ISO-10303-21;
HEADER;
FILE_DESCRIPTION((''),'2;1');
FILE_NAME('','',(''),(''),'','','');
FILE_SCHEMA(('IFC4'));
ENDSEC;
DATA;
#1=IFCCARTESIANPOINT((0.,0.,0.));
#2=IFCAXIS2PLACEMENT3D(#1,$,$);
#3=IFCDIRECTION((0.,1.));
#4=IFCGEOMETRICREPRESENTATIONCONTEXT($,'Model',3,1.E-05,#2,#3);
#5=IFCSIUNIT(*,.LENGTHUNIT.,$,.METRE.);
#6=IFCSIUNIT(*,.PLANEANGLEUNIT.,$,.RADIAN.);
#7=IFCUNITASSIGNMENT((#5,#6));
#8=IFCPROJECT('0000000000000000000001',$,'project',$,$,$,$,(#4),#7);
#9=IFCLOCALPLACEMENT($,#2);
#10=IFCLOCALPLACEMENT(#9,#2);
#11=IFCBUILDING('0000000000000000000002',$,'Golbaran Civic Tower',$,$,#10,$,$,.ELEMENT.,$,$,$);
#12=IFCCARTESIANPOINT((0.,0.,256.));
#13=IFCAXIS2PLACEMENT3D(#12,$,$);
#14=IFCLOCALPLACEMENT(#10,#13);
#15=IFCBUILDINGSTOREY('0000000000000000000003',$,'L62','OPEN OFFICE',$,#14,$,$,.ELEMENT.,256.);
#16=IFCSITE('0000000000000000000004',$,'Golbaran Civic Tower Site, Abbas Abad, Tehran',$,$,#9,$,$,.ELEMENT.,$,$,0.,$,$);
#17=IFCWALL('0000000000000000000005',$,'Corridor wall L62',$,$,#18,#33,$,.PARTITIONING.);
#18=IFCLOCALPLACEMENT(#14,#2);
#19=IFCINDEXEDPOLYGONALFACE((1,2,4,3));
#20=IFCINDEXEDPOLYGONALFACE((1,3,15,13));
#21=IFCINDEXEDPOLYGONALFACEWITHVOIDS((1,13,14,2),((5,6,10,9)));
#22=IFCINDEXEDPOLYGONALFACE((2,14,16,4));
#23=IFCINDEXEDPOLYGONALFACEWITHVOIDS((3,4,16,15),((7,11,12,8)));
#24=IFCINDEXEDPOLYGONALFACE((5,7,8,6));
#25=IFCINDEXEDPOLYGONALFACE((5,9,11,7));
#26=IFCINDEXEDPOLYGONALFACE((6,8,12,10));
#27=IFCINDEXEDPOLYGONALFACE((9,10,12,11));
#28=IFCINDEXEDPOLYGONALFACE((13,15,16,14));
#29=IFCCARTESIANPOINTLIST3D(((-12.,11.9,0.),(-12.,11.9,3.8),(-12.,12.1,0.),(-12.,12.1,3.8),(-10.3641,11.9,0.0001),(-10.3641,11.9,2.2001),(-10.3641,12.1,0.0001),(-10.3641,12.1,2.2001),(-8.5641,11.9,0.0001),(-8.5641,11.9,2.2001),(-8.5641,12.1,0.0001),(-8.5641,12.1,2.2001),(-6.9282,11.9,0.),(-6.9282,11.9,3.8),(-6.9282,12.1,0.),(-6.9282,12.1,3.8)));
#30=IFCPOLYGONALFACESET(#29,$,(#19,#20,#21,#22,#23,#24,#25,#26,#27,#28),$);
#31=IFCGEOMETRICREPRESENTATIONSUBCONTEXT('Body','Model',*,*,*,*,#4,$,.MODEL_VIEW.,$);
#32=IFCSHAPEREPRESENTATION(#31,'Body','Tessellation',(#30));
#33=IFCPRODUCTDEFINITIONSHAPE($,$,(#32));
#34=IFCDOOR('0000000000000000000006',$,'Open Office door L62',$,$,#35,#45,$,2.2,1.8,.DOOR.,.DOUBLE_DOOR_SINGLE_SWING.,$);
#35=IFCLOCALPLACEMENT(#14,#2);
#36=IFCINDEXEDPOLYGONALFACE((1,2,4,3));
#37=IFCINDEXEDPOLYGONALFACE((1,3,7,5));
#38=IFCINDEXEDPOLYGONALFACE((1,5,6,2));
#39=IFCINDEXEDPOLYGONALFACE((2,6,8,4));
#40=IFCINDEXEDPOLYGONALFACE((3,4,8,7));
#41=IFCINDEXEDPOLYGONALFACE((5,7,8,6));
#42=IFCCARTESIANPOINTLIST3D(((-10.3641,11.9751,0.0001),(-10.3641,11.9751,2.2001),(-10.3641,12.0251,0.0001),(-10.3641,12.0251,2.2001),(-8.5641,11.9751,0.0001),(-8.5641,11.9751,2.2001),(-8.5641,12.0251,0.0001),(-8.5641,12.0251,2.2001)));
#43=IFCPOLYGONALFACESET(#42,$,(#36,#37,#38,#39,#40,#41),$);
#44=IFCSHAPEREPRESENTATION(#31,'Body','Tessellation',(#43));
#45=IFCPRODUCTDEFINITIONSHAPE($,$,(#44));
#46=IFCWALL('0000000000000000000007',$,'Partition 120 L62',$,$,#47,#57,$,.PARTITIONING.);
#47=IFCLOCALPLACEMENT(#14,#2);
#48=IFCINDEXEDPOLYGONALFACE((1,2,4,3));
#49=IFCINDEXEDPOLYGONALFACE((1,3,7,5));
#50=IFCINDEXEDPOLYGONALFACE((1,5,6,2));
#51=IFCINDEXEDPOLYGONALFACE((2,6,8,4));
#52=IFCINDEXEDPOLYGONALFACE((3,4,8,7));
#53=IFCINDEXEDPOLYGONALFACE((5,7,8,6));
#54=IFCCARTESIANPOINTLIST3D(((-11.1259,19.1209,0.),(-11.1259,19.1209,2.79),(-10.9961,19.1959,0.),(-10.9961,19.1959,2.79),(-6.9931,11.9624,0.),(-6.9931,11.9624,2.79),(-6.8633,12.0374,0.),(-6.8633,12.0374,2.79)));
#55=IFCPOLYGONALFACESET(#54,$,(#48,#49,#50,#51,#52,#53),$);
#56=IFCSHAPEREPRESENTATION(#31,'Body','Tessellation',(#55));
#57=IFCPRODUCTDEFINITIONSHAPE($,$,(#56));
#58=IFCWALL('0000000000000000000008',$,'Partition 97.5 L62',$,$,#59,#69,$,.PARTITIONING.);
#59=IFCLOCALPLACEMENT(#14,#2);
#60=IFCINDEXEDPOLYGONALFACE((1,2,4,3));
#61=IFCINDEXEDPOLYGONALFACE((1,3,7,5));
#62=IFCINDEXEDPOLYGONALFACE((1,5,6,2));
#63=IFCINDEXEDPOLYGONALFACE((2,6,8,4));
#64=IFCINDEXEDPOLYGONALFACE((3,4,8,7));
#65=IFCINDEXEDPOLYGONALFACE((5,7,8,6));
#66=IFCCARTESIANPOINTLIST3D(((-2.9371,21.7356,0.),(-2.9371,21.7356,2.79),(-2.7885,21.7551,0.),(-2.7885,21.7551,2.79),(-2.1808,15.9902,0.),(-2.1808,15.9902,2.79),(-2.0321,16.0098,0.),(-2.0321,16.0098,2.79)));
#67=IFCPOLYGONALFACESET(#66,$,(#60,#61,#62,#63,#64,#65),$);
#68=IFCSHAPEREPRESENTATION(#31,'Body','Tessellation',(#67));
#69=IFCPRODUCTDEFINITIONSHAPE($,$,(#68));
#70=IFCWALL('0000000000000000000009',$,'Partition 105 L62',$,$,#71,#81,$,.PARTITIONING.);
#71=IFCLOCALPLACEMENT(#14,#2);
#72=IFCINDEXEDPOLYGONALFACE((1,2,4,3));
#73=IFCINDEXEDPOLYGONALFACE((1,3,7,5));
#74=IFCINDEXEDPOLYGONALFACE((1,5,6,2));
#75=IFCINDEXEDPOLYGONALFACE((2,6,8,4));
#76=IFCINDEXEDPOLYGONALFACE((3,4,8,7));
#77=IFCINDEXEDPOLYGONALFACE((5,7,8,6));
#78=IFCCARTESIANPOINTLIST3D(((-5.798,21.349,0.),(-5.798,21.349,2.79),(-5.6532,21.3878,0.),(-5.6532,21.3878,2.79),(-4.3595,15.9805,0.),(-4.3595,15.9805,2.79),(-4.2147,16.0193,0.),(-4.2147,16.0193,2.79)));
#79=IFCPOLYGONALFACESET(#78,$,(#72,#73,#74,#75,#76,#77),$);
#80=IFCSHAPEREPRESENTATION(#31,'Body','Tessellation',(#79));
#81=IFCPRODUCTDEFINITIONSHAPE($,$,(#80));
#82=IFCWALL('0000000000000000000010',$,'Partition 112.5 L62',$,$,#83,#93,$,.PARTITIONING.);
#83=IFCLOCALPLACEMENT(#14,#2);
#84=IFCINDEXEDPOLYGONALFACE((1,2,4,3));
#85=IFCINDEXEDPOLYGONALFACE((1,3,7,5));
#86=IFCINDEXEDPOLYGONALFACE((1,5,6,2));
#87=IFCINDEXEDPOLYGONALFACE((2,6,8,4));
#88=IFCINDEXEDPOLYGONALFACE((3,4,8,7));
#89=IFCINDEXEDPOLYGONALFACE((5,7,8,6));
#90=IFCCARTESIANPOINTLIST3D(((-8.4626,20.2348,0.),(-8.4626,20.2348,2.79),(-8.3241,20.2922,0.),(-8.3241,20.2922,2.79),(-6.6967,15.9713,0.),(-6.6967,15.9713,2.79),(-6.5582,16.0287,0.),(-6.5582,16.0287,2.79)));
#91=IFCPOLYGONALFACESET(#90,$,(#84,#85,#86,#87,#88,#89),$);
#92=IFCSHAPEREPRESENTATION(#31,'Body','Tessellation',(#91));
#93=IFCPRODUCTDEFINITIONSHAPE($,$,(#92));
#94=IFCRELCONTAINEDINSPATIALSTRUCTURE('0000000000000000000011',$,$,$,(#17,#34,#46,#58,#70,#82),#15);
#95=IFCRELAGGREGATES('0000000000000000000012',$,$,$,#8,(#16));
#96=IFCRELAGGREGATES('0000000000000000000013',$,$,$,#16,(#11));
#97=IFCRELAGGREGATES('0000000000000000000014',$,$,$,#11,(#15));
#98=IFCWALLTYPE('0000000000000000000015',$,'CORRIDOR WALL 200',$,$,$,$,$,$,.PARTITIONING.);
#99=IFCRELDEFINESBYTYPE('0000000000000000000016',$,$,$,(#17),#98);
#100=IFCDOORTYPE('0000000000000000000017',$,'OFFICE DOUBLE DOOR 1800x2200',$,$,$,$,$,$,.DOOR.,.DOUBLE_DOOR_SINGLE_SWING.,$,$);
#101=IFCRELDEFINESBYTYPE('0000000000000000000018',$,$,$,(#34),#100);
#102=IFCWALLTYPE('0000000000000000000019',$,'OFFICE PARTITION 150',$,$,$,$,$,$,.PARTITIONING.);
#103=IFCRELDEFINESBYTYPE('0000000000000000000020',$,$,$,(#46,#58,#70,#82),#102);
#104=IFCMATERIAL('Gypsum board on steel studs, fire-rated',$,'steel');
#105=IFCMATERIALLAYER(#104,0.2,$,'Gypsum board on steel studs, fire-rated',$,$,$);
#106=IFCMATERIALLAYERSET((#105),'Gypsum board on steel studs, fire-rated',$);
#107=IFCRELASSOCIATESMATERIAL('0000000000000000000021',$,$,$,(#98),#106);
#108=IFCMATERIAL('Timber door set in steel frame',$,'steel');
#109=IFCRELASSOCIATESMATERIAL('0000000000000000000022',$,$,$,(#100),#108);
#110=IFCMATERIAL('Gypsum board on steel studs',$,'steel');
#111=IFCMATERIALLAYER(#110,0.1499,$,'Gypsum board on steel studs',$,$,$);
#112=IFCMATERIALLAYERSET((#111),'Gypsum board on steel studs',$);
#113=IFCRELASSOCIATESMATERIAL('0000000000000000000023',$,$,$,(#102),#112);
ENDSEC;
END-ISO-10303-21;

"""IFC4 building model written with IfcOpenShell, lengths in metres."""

from ifc_helpers import new_model, si_unit, direction, frame, frame_2d, origin, place, context, subcontext, project, spatial, rectangle, extrude, material, layer, layer_set, type_object, element, fill, save


model = new_model("IFC4")

# Units and contexts
model_context = context("Model", 3, precision=1e-05, world=origin(), true_north=direction((0.0, 1.0)))
body_context = subcontext(model_context, "Body", "Model", "MODEL_VIEW")
ifc_project = project(units=[si_unit("LENGTHUNIT", "METRE"), si_unit("PLANEANGLEUNIT", "RADIAN")], contexts=[model_context])

# Site, building, storey
site_placement = place(None, origin())
site = spatial("IfcSite", under=ifc_project, at=site_placement, Name="Golbaran Civic Tower Site, Abbas Abad, Tehran", CompositionType="ELEMENT", RefElevation=0.0)
building_placement = place(site_placement, origin())
building = spatial("IfcBuilding", under=site, at=building_placement, Name="Golbaran Civic Tower", CompositionType="ELEMENT")
storey_placement = place(building_placement, frame((0.0, 0.0, 256.0)))
storey = spatial("IfcBuildingStorey", under=building, at=storey_placement, Name="L62", Description="OPEN OFFICE", CompositionType="ELEMENT", Elevation=256.0)

# Wall, opening, door
ifc_material_1 = material(Name="Gypsum board on steel studs, fire-rated", Category="steel")
ifc_layer_1 = layer(ifc_material_1, 0.2, Name="Gypsum board on steel studs, fire-rated")
ifc_layer_set_1 = layer_set([ifc_layer_1], Name="Gypsum board on steel studs, fire-rated")
wall_type_1 = type_object("IfcWallType", Name="CORRIDOR WALL 200", PredefinedType="PARTITIONING", material=ifc_layer_set_1)
wall_1_placement = place(storey_placement, frame((-6.9282, 12.0, 0.0), z_axis=(0.0, 0.0, 1.0), x_axis=(-1.0, 0.0, 0.0)))
wall_1 = element("IfcWall", 1, at=wall_1_placement, inside=storey, type_object=wall_type_1, Name="Corridor wall L62", PredefinedType="PARTITIONING", context=body_context, shape_type="SweptSolid", body=[
    extrude(rectangle(XDim=5.0718, YDim=0.2, at=frame_2d((2.5359, 0.0))), origin(), (0.0, 0.0, 1.0), 3.8),
])
opening_placement = place(wall_1_placement, frame((1.636, 0.0, 0.0)))
opening = element("IfcOpeningElement", 2, at=opening_placement, cuts=wall_1, PredefinedType="OPENING", context=body_context, shape_type="SweptSolid", body=[
    extrude(rectangle(XDim=1.8, YDim=2.2, at=frame_2d((0.8999, 1.1001))), frame((0.0, 0.1099, 0.0), z_axis=(0.0, -1.0, 0.0), x_axis=(1.0, 0.0, 0.0)), (0.0, 0.0, 1.0), 0.22),
])
ifc_material_2 = material(Name="Timber door set in steel frame", Category="steel")
door_type = type_object("IfcDoorType", Name="OFFICE DOUBLE DOOR 1800x2200", OperationType="DOUBLE_DOOR_SINGLE_SWING", PredefinedType="DOOR", material=ifc_material_2)
door_placement = place(opening_placement, origin())
door = element("IfcDoor", 3, at=door_placement, inside=storey, type_object=door_type, Name="Open Office door L62", OperationType="DOUBLE_DOOR_SINGLE_SWING", OverallHeight=2.2, OverallWidth=1.8, PredefinedType="DOOR", context=body_context, shape_type="SweptSolid", body=[
    extrude(rectangle(XDim=1.8, YDim=2.2, at=frame_2d((0.8999, 1.1001))), frame((0.0, 0.0249, 0.0), z_axis=(0.0, -1.0, 0.0), x_axis=(1.0, 0.0, 0.0)), (0.0, 0.0, 1.0), 0.05),
])
fill(opening, door)

# Walls
ifc_material_3 = material(Name="Gypsum board on steel studs", Category="steel")
ifc_layer_2 = layer(ifc_material_3, 0.1499, Name="Gypsum board on steel studs")
ifc_layer_set_2 = layer_set([ifc_layer_2], Name="Gypsum board on steel studs")
wall_type_2 = type_object("IfcWallType", Name="OFFICE PARTITION 150", PredefinedType="PARTITIONING", material=ifc_layer_set_2)
wall_2_placement = place(storey_placement, frame((-6.9282, 12.0, 0.0), z_axis=(0.0, 0.0, 1.0), x_axis=(-0.499989, 0.866032, 0.0)))
element("IfcWall", 4, at=wall_2_placement, inside=storey, type_object=wall_type_2, Name="Partition 120 L62", PredefinedType="PARTITIONING", context=body_context, shape_type="SweptSolid", body=[
    extrude(rectangle(XDim=8.2659, YDim=0.1499, at=frame_2d((4.1328, 0.0))), origin(), (0.0, 0.0, 1.0), 2.79),
])
wall_3_placement = place(storey_placement, frame((-2.1064, 16.0, 0.0), z_axis=(0.0, 0.0, 1.0), x_axis=(-0.130519, 0.991446, 0.0)))
element("IfcWall", 5, at=wall_3_placement, inside=storey, type_object=wall_type_2, Name="Partition 97.5 L62", PredefinedType="PARTITIONING", context=body_context, shape_type="SweptSolid", body=[
    extrude(rectangle(XDim=5.7949, YDim=0.1499, at=frame_2d((2.8975, 0.0))), origin(), (0.0, 0.0, 1.0), 2.79),
])
wall_4_placement = place(storey_placement, frame((-4.2871, 16.0, 0.0), z_axis=(0.0, 0.0, 1.0), x_axis=(-0.258822, 0.965925, 0.0)))
element("IfcWall", 6, at=wall_4_placement, inside=storey, type_object=wall_type_2, Name="Partition 105 L62", PredefinedType="PARTITIONING", context=body_context, shape_type="SweptSolid", body=[
    extrude(rectangle(XDim=5.5579, YDim=0.1499, at=frame_2d((2.7788, 0.0))), origin(), (0.0, 0.0, 1.0), 2.79),
])
wall_5_placement = place(storey_placement, frame((-6.6274, 16.0, 0.0), z_axis=(0.0, 0.0, 1.0), x_axis=(-0.382665, 0.923887, 0.0)))
element("IfcWall", 7, at=wall_5_placement, inside=storey, type_object=wall_type_2, Name="Partition 112.5 L62", PredefinedType="PARTITIONING", context=body_context, shape_type="SweptSolid", body=[
    extrude(rectangle(XDim=4.6147, YDim=0.1499, at=frame_2d((2.3074, 0.0))), origin(), (0.0, 0.0, 1.0), 2.79),
])

save(model, "model.ifc")
